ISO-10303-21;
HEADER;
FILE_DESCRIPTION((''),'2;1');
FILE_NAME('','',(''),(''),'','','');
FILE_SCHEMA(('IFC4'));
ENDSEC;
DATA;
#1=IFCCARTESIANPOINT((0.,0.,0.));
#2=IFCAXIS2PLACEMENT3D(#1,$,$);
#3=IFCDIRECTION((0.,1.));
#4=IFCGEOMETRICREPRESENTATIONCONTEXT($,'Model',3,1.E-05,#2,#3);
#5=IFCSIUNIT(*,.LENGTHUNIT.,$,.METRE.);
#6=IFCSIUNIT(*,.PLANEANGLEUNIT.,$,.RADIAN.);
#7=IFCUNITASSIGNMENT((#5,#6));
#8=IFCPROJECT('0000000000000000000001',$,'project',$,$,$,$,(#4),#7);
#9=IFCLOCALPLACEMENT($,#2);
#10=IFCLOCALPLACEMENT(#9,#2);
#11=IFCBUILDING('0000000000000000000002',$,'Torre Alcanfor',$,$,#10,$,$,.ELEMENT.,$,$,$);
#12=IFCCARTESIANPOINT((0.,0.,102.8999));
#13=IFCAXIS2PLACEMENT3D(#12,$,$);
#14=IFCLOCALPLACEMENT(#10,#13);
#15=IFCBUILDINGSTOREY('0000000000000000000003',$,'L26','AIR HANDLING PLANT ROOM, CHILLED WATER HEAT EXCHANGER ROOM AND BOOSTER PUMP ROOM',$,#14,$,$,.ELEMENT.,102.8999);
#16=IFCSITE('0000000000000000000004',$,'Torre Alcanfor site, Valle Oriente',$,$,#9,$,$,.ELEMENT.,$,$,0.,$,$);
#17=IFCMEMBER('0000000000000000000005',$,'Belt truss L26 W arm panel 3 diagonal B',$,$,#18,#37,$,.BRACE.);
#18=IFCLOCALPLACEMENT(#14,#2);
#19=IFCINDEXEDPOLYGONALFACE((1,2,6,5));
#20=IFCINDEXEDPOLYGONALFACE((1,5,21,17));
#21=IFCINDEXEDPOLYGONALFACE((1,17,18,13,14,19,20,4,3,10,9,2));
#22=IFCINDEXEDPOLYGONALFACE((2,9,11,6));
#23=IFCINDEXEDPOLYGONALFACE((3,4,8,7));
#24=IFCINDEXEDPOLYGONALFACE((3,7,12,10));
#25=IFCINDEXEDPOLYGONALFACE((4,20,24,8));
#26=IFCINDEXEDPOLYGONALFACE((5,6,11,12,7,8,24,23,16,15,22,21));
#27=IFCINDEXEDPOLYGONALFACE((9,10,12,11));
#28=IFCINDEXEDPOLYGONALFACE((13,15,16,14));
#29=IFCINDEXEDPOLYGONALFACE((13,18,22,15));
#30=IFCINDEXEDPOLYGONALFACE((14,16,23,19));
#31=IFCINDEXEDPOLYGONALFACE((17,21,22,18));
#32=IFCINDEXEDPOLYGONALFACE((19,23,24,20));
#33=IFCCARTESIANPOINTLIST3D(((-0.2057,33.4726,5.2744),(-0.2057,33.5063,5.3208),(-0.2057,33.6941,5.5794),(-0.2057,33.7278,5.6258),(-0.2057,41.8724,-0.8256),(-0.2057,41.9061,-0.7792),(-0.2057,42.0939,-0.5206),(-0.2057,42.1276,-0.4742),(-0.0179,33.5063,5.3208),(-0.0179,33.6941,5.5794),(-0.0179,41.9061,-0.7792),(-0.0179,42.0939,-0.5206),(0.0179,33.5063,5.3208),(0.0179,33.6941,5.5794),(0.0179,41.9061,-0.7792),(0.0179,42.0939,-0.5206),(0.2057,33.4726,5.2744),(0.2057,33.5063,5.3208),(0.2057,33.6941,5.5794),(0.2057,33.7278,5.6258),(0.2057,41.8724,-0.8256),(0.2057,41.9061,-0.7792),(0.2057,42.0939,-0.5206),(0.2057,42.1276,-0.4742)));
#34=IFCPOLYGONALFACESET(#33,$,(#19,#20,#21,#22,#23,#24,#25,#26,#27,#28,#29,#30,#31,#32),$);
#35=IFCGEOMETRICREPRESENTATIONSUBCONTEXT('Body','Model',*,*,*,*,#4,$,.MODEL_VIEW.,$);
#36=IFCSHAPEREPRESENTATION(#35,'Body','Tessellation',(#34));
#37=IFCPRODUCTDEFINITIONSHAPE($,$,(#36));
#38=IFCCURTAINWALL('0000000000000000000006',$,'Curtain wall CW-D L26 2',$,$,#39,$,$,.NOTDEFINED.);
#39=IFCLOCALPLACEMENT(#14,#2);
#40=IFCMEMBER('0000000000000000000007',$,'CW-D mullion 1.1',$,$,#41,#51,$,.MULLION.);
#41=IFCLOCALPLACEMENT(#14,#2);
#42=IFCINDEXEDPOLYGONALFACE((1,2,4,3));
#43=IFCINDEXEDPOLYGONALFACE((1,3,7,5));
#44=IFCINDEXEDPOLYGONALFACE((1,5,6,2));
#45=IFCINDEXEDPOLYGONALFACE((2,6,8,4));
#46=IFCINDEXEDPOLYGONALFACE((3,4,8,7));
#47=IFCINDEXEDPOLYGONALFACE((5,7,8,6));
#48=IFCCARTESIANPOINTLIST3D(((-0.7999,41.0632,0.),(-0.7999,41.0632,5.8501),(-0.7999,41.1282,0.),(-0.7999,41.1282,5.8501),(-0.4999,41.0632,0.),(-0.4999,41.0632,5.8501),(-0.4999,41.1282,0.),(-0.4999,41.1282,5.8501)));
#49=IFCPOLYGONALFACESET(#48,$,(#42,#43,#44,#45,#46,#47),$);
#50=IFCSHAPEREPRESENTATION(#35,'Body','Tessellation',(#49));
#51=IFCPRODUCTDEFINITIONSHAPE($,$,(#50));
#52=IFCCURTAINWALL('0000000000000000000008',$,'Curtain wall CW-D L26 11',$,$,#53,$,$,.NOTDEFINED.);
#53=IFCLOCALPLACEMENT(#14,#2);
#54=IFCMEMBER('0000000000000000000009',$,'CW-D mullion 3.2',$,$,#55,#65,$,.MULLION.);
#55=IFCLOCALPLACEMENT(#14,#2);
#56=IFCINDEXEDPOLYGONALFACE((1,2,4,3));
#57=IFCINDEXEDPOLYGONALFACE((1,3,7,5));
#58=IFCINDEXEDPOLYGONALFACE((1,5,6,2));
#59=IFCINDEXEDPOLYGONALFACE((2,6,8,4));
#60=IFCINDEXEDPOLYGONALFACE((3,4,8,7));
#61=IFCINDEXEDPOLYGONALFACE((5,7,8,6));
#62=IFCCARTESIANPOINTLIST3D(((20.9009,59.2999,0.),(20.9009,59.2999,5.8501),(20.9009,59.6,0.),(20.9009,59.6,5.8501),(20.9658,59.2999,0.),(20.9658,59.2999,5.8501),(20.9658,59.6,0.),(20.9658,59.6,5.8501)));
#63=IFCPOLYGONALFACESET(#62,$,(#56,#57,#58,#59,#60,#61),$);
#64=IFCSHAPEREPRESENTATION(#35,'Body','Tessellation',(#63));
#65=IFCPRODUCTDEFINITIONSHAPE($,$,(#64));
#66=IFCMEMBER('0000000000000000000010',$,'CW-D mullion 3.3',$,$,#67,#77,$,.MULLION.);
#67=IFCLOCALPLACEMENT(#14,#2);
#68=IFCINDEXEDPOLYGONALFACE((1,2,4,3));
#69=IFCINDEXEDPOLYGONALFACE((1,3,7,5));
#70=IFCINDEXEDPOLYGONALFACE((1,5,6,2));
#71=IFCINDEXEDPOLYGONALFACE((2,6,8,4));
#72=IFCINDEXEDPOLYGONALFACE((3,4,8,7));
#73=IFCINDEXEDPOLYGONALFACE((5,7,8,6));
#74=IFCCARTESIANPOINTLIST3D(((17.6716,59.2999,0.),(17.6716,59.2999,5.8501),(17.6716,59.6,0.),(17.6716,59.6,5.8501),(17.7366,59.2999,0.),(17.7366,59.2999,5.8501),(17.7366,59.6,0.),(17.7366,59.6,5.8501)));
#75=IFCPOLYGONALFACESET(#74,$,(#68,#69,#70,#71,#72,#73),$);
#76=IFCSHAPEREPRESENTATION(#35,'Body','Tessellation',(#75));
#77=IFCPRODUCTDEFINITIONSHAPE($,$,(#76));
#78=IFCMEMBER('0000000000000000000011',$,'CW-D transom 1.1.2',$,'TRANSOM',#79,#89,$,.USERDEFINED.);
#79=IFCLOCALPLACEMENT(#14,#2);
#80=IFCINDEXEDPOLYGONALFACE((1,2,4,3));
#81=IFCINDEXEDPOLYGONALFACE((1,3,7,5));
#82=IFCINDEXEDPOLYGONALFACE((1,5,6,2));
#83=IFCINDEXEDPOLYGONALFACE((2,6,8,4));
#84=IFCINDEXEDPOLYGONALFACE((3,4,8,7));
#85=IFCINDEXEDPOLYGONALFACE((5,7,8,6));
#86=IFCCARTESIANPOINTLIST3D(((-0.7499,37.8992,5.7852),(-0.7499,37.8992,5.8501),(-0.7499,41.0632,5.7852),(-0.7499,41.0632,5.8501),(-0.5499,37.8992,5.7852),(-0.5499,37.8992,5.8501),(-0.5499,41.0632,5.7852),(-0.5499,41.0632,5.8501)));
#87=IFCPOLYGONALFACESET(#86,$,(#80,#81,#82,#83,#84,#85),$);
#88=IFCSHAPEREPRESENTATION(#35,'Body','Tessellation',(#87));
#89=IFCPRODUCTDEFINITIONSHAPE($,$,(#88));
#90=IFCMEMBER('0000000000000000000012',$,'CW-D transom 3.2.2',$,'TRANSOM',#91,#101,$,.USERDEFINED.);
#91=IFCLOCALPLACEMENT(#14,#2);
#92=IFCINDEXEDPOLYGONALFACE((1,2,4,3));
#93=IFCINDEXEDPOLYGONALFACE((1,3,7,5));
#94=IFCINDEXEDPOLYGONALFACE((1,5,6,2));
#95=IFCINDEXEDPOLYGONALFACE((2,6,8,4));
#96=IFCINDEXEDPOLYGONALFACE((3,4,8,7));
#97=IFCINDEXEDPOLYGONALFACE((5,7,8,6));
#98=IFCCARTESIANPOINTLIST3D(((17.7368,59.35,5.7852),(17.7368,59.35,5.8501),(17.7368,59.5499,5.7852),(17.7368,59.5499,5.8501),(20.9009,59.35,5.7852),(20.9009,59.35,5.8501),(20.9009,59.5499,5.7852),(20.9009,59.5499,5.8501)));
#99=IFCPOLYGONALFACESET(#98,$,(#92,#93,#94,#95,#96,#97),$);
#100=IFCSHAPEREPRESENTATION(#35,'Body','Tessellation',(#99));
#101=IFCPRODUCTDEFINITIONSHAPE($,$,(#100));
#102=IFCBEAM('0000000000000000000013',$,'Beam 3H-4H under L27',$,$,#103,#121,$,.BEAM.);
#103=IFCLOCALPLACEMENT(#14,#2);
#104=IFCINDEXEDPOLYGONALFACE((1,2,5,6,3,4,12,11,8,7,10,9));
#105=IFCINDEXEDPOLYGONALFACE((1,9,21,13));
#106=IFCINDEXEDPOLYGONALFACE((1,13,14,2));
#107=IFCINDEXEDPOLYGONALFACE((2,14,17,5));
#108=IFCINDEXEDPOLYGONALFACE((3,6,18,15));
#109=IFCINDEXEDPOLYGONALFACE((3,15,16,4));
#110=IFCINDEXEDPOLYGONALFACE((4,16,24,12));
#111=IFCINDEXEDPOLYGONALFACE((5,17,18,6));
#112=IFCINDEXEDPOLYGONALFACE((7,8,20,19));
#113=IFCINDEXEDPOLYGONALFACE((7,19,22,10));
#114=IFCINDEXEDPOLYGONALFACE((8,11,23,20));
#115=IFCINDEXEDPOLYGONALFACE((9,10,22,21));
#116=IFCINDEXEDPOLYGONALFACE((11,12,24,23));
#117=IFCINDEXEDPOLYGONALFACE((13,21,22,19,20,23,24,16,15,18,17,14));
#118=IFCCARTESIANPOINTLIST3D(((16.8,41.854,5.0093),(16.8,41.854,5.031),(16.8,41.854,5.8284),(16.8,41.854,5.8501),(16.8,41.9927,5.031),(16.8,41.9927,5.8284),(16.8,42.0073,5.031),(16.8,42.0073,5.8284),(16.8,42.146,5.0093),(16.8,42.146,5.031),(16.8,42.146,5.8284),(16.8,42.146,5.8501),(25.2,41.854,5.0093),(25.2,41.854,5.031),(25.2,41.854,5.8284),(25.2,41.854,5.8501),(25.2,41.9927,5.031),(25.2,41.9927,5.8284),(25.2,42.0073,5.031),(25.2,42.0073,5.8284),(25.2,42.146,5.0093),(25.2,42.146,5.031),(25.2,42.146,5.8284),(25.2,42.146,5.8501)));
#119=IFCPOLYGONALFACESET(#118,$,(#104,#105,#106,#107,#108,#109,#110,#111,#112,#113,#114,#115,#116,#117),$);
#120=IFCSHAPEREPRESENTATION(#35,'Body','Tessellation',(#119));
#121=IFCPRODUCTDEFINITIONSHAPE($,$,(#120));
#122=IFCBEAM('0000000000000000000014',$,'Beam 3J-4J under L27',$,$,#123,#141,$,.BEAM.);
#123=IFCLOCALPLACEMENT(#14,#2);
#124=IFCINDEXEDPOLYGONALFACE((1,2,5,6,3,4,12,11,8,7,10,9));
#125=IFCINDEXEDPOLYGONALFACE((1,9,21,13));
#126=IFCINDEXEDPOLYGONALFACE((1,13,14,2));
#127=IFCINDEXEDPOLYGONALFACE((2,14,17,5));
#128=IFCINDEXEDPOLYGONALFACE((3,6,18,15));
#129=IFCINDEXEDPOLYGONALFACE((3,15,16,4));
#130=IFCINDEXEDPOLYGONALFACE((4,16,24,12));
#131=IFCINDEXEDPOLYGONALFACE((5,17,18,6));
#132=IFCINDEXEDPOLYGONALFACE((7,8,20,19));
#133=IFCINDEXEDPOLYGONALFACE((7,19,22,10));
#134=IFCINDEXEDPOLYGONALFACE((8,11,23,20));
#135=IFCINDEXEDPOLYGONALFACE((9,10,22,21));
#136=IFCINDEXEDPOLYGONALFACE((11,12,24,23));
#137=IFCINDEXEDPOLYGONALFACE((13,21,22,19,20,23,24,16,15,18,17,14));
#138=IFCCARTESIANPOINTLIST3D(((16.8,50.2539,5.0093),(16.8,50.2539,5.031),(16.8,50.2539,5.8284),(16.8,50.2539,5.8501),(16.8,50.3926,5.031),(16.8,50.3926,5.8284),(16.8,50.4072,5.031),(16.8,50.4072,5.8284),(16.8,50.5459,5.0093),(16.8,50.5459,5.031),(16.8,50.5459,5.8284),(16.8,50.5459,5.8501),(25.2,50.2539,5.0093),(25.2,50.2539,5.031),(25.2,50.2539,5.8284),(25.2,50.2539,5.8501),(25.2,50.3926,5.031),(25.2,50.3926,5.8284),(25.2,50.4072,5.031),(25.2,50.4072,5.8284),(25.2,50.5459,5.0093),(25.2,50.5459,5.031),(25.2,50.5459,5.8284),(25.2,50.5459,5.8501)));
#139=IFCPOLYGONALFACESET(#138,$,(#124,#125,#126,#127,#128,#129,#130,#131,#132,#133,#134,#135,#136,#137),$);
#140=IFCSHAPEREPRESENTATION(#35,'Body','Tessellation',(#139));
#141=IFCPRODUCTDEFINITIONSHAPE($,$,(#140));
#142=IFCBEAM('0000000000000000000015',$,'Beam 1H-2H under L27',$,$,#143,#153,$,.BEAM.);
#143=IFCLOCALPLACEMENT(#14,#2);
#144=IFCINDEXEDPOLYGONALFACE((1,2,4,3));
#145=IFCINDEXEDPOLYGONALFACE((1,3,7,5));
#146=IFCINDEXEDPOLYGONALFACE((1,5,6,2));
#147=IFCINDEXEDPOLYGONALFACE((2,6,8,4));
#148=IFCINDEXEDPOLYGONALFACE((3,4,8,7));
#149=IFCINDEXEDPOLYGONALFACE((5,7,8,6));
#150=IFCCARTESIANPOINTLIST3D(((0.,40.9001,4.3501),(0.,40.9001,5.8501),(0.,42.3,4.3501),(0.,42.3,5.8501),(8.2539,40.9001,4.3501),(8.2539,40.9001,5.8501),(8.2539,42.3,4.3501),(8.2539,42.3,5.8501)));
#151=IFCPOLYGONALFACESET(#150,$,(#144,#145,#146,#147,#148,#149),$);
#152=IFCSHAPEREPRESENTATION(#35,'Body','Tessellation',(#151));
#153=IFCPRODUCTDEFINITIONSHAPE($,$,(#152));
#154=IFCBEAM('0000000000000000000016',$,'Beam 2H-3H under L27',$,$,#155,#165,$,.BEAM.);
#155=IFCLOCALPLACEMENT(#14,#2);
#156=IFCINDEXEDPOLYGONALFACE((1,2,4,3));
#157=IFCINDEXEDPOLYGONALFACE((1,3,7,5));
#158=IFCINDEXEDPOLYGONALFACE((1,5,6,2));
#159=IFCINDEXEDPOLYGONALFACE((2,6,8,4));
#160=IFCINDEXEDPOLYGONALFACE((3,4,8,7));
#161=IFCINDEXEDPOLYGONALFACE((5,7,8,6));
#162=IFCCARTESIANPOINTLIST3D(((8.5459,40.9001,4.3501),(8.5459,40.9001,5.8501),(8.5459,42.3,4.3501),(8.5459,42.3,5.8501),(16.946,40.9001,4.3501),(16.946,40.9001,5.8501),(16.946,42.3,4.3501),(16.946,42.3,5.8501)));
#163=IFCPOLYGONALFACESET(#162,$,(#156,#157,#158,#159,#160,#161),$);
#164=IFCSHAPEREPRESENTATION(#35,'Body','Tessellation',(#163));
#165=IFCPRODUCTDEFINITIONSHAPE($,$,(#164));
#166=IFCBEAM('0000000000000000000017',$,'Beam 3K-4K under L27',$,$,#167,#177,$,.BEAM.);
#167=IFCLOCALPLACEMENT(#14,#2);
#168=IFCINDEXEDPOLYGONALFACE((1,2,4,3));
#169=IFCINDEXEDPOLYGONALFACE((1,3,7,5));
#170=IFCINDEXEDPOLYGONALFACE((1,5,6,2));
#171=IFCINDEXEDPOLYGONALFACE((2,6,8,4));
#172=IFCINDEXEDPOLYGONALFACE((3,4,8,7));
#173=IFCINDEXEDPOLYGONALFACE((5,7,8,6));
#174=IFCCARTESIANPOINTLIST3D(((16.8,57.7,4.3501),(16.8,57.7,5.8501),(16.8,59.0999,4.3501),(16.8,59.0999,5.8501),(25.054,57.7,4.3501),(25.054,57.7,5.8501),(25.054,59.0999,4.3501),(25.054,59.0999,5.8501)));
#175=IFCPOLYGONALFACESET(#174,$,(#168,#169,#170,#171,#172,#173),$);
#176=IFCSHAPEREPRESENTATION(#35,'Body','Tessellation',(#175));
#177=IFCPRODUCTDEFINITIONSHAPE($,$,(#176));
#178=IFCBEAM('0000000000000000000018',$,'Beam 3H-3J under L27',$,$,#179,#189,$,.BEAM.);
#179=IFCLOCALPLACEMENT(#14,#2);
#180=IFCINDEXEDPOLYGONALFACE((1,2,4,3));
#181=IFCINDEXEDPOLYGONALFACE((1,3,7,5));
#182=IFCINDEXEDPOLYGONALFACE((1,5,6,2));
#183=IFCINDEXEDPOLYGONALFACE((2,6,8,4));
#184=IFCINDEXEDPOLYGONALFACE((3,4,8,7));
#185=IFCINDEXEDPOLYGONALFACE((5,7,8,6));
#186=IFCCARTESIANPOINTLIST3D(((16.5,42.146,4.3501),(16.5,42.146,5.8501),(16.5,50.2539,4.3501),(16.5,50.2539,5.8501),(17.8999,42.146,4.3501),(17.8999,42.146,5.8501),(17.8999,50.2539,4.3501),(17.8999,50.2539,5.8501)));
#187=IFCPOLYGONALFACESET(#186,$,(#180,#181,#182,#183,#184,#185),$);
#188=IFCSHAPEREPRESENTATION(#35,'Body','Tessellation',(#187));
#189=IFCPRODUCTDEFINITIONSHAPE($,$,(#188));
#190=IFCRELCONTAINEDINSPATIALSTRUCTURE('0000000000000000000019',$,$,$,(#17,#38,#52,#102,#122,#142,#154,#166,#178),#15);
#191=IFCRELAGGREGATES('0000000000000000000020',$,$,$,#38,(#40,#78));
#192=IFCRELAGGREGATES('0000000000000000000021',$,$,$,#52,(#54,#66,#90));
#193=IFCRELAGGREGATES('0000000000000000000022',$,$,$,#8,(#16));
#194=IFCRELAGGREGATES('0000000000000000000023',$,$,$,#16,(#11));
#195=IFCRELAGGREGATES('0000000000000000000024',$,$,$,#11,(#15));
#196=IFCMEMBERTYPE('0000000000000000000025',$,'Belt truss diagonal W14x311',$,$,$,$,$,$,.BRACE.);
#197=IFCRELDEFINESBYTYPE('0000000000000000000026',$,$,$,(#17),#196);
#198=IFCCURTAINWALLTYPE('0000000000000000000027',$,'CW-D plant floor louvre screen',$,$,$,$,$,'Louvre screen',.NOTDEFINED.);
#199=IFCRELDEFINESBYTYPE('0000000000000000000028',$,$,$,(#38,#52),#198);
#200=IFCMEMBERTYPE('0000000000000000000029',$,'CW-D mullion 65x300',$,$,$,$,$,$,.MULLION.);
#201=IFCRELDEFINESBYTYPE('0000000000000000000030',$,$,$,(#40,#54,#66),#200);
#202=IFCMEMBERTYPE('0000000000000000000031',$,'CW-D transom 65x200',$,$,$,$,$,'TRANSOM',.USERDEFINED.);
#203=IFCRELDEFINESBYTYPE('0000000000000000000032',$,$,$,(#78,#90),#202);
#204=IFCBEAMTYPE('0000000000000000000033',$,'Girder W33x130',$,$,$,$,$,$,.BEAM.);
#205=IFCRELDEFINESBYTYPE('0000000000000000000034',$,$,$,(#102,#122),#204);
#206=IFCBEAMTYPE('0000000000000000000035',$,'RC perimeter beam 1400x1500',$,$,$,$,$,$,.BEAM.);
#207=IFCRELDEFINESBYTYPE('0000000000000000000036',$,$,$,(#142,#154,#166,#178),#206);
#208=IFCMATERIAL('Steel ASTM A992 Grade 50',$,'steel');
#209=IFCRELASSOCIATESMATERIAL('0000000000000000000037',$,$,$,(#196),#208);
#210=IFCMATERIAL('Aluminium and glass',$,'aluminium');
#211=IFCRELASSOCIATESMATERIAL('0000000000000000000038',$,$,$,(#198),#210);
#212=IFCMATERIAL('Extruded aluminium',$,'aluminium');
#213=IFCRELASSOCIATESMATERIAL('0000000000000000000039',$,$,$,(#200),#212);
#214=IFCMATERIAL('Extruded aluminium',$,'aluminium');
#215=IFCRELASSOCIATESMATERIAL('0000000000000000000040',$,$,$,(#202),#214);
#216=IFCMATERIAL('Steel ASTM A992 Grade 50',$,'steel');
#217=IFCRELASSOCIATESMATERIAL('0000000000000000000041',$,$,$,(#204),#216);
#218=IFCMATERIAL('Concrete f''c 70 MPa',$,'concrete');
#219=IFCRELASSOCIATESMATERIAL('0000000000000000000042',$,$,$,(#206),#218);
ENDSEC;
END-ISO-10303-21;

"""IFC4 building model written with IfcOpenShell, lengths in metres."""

from ifc_helpers import new_model, si_unit, direction, frame, origin, origin_2d, place, context, subcontext, project, spatial, rectangle, i_section, extrude, material, material_profile, profile_set, type_object, element, aggregate, save


model = new_model("IFC4")

# Units and contexts
model_context = context("Model", 3, precision=1e-05, world=origin(), true_north=direction((0.0, 1.0)))
body_context = subcontext(model_context, "Body", "Model", "MODEL_VIEW")
ifc_project = project(units=[si_unit("LENGTHUNIT", "METRE"), si_unit("PLANEANGLEUNIT", "RADIAN")], contexts=[model_context])

# Site, building, storey
site_placement = place(None, origin())
site = spatial("IfcSite", under=ifc_project, at=site_placement, Name="Torre Alcanfor site, Valle Oriente", CompositionType="ELEMENT", RefElevation=0.0)
building_placement = place(site_placement, origin())
building = spatial("IfcBuilding", under=site, at=building_placement, Name="Torre Alcanfor", CompositionType="ELEMENT")
storey_placement = place(building_placement, frame((0.0, 0.0, 102.8999)))
storey = spatial("IfcBuildingStorey", under=building, at=storey_placement, Name="L26", Description="AIR HANDLING PLANT ROOM, CHILLED WATER HEAT EXCHANGER ROOM AND BOOSTER PUMP ROOM", CompositionType="ELEMENT", Elevation=102.8999)

# Member
ifc_material_1 = material(Name="Steel ASTM A992 Grade 50", Category="steel")
ifc_material_profile_1 = material_profile(ifc_material_1, i_section(OverallWidth=0.4114, OverallDepth=0.4343, WebThickness=0.0359, FlangeThickness=0.0574, at=origin_2d()), Name="W14x311")
ifc_profile_set_1 = profile_set([ifc_material_profile_1], Name="Steel ASTM A992 Grade 50")
member_type_1 = type_object("IfcMemberType", Name="Belt truss diagonal W14x311", PredefinedType="BRACE", material=ifc_profile_set_1)
for number, where, z_axis, x_axis, name in (
    (1, (0.0, 42.0, -0.6499), (0.0, -0.809145, 0.587609), (1.0, 0.0, 0.0), "Belt truss L26 W arm panel 3 diagonal B"),
):
    element("IfcMember", number, at=place(storey_placement, frame(where, z_axis=z_axis, x_axis=x_axis)), inside=storey, type_object=member_type_1, Name=name, PredefinedType="BRACE", context=body_context, shape_type="SweptSolid", body=[
        extrude(i_section(OverallWidth=0.4114, OverallDepth=0.4343, WebThickness=0.0359, FlangeThickness=0.0574, at=origin_2d()), origin(), (0.0, 0.0, 1.0), 10.3811),
    ])

# Curtain wall, member
ifc_material_2 = material(Name="Aluminium and glass", Category="aluminium")
curtain_wall_type = type_object("IfcCurtainWallType", Name="CW-D plant floor louvre screen", ElementType="Louvre screen", PredefinedType="NOTDEFINED", material=ifc_material_2)
curtain_wall_1_placement = place(storey_placement, origin())
curtain_wall_1 = element("IfcCurtainWall", 2, at=curtain_wall_1_placement, inside=storey, type_object=curtain_wall_type, Name="Curtain wall CW-D L26 2", PredefinedType="NOTDEFINED")
ifc_material_3 = material(Name="Extruded aluminium", Category="aluminium")
ifc_material_profile_2 = material_profile(ifc_material_3, rectangle(XDim=0.3, YDim=0.0649, at=origin_2d()), Name="CW-D mullion 65x300")
ifc_profile_set_2 = profile_set([ifc_material_profile_2], Name="Extruded aluminium")
member_type_2 = type_object("IfcMemberType", Name="CW-D mullion 65x300", PredefinedType="MULLION", material=ifc_profile_set_2)
member_1_placement = place(storey_placement, frame((-0.6499, 41.0957, 0.0), z_axis=(0.0, 0.0, 1.0), x_axis=(1.0, 0.0, 0.0)))
member_1 = element("IfcMember", 3, at=member_1_placement, type_object=member_type_2, Name="CW-D mullion 1.1", PredefinedType="MULLION", context=body_context, shape_type="SweptSolid", body=[
    extrude(rectangle(XDim=0.3, YDim=0.0649, at=origin_2d()), origin(), (0.0, 0.0, 1.0), 5.8501),
])

# Curtain wall, members
curtain_wall_2_placement = place(storey_placement, origin())
curtain_wall_2 = element("IfcCurtainWall", 4, at=curtain_wall_2_placement, inside=storey, type_object=curtain_wall_type, Name="Curtain wall CW-D L26 11", PredefinedType="NOTDEFINED")
member_2_placement = place(storey_placement, frame((20.9333, 59.45, 0.0), z_axis=(0.0, 0.0, 1.0), x_axis=(0.0, -1.0, 0.0)))
member_2 = element("IfcMember", 5, at=member_2_placement, type_object=member_type_2, Name="CW-D mullion 3.2", PredefinedType="MULLION", context=body_context, shape_type="SweptSolid", body=[
    extrude(rectangle(XDim=0.3, YDim=0.0649, at=origin_2d()), origin(), (0.0, 0.0, 1.0), 5.8501),
])
member_3_placement = place(storey_placement, frame((17.7041, 59.45, 0.0), z_axis=(0.0, 0.0, 1.0), x_axis=(0.0, -1.0, 0.0)))
member_3 = element("IfcMember", 6, at=member_3_placement, type_object=member_type_2, Name="CW-D mullion 3.3", PredefinedType="MULLION", context=body_context, shape_type="SweptSolid", body=[
    extrude(rectangle(XDim=0.3, YDim=0.0649, at=origin_2d()), origin(), (0.0, 0.0, 1.0), 5.8501),
])

# Members
ifc_material_4 = material(Name="Extruded aluminium", Category="aluminium")
ifc_material_profile_3 = material_profile(ifc_material_4, rectangle(XDim=0.2, YDim=0.0649, at=origin_2d()), Name="CW-D transom 200x65")
ifc_profile_set_3 = profile_set([ifc_material_profile_3], Name="Extruded aluminium")
member_type_3 = type_object("IfcMemberType", Name="CW-D transom 65x200", ElementType="TRANSOM", PredefinedType="USERDEFINED", material=ifc_profile_set_3)
member_4_placement = place(storey_placement, frame((-0.6499, 41.0632, 5.8176), z_axis=(0.0, -1.0, 0.0), x_axis=(1.0, 0.0, 0.0)))
member_4 = element("IfcMember", 7, at=member_4_placement, type_object=member_type_3, Name="CW-D transom 1.1.2", ObjectType="TRANSOM", PredefinedType="USERDEFINED", context=body_context, shape_type="SweptSolid", body=[
    extrude(rectangle(XDim=0.2, YDim=0.0649, at=origin_2d()), origin(), (0.0, 0.0, 1.0), 3.1641),
])
aggregate(curtain_wall_1, [member_1, member_4])
member_5_placement = place(storey_placement, frame((20.9009, 59.45, 5.8176), z_axis=(-1.0, 0.0, 0.0), x_axis=(0.0, -1.0, 0.0)))
member_5 = element("IfcMember", 8, at=member_5_placement, type_object=member_type_3, Name="CW-D transom 3.2.2", ObjectType="TRANSOM", PredefinedType="USERDEFINED", context=body_context, shape_type="SweptSolid", body=[
    extrude(rectangle(XDim=0.2, YDim=0.0649, at=origin_2d()), origin(), (0.0, 0.0, 1.0), 3.1641),
])

# Beams
ifc_material_5 = material(Name="Steel ASTM A992 Grade 50", Category="steel")
ifc_material_profile_4 = material_profile(ifc_material_5, i_section(OverallWidth=0.292, OverallDepth=0.8408, WebThickness=0.0146, FlangeThickness=0.0217, at=origin_2d()), Name="W33x130")
ifc_profile_set_4 = profile_set([ifc_material_profile_4], Name="Steel ASTM A992 Grade 50")
beam_type_1 = type_object("IfcBeamType", Name="Girder W33x130", PredefinedType="BEAM", material=ifc_profile_set_4)
for number, where, z_axis, x_axis, name in (
    (9, (16.8, 42.0, 5.4297), (1.0, 0.0, 0.0), (0.0, 1.0, 0.0), "Beam 3H-4H under L27"),
    (10, (16.8, 50.3999, 5.4297), (1.0, 0.0, 0.0), (0.0, 1.0, 0.0), "Beam 3J-4J under L27"),
):
    element("IfcBeam", number, at=place(storey_placement, frame(where, z_axis=z_axis, x_axis=x_axis)), inside=storey, type_object=beam_type_1, Name=name, PredefinedType="BEAM", context=body_context, shape_type="SweptSolid", body=[
        extrude(i_section(OverallWidth=0.292, OverallDepth=0.8408, WebThickness=0.0146, FlangeThickness=0.0217, at=origin_2d()), origin(), (0.0, 0.0, 1.0), 8.3999),
    ])
ifc_material_6 = material(Name="Concrete f'c 70 MPa", Category="concrete")
ifc_material_profile_5 = material_profile(ifc_material_6, rectangle(XDim=1.3999, YDim=1.5, at=origin_2d()), Name="1400x1500")
ifc_profile_set_5 = profile_set([ifc_material_profile_5], Name="Concrete f'c 70 MPa")
beam_type_2 = type_object("IfcBeamType", Name="RC perimeter beam 1400x1500", PredefinedType="BEAM", material=ifc_profile_set_5)
beam_1_placement = place(storey_placement, frame((0.0, 41.6001, 5.1001), z_axis=(1.0, 0.0, 0.0), x_axis=(0.0, 1.0, 0.0)))
element("IfcBeam", 11, at=beam_1_placement, inside=storey, type_object=beam_type_2, Name="Beam 1H-2H under L27", PredefinedType="BEAM", context=body_context, shape_type="SweptSolid", body=[
    extrude(rectangle(XDim=1.3999, YDim=1.5, at=origin_2d()), origin(), (0.0, 0.0, 1.0), 8.2539),
])
beam_2_placement = place(storey_placement, frame((8.5459, 41.6001, 5.1001), z_axis=(1.0, 0.0, 0.0), x_axis=(0.0, 1.0, 0.0)))
element("IfcBeam", 12, at=beam_2_placement, inside=storey, type_object=beam_type_2, Name="Beam 2H-3H under L27", PredefinedType="BEAM", context=body_context, shape_type="SweptSolid", body=[
    extrude(rectangle(XDim=1.3999, YDim=1.5, at=origin_2d()), origin(), (0.0, 0.0, 1.0), 8.4001),
])
beam_3_placement = place(storey_placement, frame((16.8, 58.3999, 5.1001), z_axis=(1.0, 0.0, 0.0), x_axis=(0.0, 1.0, 0.0)))
element("IfcBeam", 13, at=beam_3_placement, inside=storey, type_object=beam_type_2, Name="Beam 3K-4K under L27", PredefinedType="BEAM", context=body_context, shape_type="SweptSolid", body=[
    extrude(rectangle(XDim=1.3999, YDim=1.5, at=origin_2d()), origin(), (0.0, 0.0, 1.0), 8.2539),
])
beam_4_placement = place(storey_placement, frame((17.2, 42.146, 5.1001), z_axis=(0.0, 1.0, 0.0), x_axis=(-1.0, 0.0, 0.0)))
element("IfcBeam", 14, at=beam_4_placement, inside=storey, type_object=beam_type_2, Name="Beam 3H-3J under L27", PredefinedType="BEAM", context=body_context, shape_type="SweptSolid", body=[
    extrude(rectangle(XDim=1.3999, YDim=1.5, at=origin_2d()), origin(), (0.0, 0.0, 1.0), 8.1079),
])

aggregate(curtain_wall_2, [member_2, member_3, member_5])

save(model, "model.ifc")
